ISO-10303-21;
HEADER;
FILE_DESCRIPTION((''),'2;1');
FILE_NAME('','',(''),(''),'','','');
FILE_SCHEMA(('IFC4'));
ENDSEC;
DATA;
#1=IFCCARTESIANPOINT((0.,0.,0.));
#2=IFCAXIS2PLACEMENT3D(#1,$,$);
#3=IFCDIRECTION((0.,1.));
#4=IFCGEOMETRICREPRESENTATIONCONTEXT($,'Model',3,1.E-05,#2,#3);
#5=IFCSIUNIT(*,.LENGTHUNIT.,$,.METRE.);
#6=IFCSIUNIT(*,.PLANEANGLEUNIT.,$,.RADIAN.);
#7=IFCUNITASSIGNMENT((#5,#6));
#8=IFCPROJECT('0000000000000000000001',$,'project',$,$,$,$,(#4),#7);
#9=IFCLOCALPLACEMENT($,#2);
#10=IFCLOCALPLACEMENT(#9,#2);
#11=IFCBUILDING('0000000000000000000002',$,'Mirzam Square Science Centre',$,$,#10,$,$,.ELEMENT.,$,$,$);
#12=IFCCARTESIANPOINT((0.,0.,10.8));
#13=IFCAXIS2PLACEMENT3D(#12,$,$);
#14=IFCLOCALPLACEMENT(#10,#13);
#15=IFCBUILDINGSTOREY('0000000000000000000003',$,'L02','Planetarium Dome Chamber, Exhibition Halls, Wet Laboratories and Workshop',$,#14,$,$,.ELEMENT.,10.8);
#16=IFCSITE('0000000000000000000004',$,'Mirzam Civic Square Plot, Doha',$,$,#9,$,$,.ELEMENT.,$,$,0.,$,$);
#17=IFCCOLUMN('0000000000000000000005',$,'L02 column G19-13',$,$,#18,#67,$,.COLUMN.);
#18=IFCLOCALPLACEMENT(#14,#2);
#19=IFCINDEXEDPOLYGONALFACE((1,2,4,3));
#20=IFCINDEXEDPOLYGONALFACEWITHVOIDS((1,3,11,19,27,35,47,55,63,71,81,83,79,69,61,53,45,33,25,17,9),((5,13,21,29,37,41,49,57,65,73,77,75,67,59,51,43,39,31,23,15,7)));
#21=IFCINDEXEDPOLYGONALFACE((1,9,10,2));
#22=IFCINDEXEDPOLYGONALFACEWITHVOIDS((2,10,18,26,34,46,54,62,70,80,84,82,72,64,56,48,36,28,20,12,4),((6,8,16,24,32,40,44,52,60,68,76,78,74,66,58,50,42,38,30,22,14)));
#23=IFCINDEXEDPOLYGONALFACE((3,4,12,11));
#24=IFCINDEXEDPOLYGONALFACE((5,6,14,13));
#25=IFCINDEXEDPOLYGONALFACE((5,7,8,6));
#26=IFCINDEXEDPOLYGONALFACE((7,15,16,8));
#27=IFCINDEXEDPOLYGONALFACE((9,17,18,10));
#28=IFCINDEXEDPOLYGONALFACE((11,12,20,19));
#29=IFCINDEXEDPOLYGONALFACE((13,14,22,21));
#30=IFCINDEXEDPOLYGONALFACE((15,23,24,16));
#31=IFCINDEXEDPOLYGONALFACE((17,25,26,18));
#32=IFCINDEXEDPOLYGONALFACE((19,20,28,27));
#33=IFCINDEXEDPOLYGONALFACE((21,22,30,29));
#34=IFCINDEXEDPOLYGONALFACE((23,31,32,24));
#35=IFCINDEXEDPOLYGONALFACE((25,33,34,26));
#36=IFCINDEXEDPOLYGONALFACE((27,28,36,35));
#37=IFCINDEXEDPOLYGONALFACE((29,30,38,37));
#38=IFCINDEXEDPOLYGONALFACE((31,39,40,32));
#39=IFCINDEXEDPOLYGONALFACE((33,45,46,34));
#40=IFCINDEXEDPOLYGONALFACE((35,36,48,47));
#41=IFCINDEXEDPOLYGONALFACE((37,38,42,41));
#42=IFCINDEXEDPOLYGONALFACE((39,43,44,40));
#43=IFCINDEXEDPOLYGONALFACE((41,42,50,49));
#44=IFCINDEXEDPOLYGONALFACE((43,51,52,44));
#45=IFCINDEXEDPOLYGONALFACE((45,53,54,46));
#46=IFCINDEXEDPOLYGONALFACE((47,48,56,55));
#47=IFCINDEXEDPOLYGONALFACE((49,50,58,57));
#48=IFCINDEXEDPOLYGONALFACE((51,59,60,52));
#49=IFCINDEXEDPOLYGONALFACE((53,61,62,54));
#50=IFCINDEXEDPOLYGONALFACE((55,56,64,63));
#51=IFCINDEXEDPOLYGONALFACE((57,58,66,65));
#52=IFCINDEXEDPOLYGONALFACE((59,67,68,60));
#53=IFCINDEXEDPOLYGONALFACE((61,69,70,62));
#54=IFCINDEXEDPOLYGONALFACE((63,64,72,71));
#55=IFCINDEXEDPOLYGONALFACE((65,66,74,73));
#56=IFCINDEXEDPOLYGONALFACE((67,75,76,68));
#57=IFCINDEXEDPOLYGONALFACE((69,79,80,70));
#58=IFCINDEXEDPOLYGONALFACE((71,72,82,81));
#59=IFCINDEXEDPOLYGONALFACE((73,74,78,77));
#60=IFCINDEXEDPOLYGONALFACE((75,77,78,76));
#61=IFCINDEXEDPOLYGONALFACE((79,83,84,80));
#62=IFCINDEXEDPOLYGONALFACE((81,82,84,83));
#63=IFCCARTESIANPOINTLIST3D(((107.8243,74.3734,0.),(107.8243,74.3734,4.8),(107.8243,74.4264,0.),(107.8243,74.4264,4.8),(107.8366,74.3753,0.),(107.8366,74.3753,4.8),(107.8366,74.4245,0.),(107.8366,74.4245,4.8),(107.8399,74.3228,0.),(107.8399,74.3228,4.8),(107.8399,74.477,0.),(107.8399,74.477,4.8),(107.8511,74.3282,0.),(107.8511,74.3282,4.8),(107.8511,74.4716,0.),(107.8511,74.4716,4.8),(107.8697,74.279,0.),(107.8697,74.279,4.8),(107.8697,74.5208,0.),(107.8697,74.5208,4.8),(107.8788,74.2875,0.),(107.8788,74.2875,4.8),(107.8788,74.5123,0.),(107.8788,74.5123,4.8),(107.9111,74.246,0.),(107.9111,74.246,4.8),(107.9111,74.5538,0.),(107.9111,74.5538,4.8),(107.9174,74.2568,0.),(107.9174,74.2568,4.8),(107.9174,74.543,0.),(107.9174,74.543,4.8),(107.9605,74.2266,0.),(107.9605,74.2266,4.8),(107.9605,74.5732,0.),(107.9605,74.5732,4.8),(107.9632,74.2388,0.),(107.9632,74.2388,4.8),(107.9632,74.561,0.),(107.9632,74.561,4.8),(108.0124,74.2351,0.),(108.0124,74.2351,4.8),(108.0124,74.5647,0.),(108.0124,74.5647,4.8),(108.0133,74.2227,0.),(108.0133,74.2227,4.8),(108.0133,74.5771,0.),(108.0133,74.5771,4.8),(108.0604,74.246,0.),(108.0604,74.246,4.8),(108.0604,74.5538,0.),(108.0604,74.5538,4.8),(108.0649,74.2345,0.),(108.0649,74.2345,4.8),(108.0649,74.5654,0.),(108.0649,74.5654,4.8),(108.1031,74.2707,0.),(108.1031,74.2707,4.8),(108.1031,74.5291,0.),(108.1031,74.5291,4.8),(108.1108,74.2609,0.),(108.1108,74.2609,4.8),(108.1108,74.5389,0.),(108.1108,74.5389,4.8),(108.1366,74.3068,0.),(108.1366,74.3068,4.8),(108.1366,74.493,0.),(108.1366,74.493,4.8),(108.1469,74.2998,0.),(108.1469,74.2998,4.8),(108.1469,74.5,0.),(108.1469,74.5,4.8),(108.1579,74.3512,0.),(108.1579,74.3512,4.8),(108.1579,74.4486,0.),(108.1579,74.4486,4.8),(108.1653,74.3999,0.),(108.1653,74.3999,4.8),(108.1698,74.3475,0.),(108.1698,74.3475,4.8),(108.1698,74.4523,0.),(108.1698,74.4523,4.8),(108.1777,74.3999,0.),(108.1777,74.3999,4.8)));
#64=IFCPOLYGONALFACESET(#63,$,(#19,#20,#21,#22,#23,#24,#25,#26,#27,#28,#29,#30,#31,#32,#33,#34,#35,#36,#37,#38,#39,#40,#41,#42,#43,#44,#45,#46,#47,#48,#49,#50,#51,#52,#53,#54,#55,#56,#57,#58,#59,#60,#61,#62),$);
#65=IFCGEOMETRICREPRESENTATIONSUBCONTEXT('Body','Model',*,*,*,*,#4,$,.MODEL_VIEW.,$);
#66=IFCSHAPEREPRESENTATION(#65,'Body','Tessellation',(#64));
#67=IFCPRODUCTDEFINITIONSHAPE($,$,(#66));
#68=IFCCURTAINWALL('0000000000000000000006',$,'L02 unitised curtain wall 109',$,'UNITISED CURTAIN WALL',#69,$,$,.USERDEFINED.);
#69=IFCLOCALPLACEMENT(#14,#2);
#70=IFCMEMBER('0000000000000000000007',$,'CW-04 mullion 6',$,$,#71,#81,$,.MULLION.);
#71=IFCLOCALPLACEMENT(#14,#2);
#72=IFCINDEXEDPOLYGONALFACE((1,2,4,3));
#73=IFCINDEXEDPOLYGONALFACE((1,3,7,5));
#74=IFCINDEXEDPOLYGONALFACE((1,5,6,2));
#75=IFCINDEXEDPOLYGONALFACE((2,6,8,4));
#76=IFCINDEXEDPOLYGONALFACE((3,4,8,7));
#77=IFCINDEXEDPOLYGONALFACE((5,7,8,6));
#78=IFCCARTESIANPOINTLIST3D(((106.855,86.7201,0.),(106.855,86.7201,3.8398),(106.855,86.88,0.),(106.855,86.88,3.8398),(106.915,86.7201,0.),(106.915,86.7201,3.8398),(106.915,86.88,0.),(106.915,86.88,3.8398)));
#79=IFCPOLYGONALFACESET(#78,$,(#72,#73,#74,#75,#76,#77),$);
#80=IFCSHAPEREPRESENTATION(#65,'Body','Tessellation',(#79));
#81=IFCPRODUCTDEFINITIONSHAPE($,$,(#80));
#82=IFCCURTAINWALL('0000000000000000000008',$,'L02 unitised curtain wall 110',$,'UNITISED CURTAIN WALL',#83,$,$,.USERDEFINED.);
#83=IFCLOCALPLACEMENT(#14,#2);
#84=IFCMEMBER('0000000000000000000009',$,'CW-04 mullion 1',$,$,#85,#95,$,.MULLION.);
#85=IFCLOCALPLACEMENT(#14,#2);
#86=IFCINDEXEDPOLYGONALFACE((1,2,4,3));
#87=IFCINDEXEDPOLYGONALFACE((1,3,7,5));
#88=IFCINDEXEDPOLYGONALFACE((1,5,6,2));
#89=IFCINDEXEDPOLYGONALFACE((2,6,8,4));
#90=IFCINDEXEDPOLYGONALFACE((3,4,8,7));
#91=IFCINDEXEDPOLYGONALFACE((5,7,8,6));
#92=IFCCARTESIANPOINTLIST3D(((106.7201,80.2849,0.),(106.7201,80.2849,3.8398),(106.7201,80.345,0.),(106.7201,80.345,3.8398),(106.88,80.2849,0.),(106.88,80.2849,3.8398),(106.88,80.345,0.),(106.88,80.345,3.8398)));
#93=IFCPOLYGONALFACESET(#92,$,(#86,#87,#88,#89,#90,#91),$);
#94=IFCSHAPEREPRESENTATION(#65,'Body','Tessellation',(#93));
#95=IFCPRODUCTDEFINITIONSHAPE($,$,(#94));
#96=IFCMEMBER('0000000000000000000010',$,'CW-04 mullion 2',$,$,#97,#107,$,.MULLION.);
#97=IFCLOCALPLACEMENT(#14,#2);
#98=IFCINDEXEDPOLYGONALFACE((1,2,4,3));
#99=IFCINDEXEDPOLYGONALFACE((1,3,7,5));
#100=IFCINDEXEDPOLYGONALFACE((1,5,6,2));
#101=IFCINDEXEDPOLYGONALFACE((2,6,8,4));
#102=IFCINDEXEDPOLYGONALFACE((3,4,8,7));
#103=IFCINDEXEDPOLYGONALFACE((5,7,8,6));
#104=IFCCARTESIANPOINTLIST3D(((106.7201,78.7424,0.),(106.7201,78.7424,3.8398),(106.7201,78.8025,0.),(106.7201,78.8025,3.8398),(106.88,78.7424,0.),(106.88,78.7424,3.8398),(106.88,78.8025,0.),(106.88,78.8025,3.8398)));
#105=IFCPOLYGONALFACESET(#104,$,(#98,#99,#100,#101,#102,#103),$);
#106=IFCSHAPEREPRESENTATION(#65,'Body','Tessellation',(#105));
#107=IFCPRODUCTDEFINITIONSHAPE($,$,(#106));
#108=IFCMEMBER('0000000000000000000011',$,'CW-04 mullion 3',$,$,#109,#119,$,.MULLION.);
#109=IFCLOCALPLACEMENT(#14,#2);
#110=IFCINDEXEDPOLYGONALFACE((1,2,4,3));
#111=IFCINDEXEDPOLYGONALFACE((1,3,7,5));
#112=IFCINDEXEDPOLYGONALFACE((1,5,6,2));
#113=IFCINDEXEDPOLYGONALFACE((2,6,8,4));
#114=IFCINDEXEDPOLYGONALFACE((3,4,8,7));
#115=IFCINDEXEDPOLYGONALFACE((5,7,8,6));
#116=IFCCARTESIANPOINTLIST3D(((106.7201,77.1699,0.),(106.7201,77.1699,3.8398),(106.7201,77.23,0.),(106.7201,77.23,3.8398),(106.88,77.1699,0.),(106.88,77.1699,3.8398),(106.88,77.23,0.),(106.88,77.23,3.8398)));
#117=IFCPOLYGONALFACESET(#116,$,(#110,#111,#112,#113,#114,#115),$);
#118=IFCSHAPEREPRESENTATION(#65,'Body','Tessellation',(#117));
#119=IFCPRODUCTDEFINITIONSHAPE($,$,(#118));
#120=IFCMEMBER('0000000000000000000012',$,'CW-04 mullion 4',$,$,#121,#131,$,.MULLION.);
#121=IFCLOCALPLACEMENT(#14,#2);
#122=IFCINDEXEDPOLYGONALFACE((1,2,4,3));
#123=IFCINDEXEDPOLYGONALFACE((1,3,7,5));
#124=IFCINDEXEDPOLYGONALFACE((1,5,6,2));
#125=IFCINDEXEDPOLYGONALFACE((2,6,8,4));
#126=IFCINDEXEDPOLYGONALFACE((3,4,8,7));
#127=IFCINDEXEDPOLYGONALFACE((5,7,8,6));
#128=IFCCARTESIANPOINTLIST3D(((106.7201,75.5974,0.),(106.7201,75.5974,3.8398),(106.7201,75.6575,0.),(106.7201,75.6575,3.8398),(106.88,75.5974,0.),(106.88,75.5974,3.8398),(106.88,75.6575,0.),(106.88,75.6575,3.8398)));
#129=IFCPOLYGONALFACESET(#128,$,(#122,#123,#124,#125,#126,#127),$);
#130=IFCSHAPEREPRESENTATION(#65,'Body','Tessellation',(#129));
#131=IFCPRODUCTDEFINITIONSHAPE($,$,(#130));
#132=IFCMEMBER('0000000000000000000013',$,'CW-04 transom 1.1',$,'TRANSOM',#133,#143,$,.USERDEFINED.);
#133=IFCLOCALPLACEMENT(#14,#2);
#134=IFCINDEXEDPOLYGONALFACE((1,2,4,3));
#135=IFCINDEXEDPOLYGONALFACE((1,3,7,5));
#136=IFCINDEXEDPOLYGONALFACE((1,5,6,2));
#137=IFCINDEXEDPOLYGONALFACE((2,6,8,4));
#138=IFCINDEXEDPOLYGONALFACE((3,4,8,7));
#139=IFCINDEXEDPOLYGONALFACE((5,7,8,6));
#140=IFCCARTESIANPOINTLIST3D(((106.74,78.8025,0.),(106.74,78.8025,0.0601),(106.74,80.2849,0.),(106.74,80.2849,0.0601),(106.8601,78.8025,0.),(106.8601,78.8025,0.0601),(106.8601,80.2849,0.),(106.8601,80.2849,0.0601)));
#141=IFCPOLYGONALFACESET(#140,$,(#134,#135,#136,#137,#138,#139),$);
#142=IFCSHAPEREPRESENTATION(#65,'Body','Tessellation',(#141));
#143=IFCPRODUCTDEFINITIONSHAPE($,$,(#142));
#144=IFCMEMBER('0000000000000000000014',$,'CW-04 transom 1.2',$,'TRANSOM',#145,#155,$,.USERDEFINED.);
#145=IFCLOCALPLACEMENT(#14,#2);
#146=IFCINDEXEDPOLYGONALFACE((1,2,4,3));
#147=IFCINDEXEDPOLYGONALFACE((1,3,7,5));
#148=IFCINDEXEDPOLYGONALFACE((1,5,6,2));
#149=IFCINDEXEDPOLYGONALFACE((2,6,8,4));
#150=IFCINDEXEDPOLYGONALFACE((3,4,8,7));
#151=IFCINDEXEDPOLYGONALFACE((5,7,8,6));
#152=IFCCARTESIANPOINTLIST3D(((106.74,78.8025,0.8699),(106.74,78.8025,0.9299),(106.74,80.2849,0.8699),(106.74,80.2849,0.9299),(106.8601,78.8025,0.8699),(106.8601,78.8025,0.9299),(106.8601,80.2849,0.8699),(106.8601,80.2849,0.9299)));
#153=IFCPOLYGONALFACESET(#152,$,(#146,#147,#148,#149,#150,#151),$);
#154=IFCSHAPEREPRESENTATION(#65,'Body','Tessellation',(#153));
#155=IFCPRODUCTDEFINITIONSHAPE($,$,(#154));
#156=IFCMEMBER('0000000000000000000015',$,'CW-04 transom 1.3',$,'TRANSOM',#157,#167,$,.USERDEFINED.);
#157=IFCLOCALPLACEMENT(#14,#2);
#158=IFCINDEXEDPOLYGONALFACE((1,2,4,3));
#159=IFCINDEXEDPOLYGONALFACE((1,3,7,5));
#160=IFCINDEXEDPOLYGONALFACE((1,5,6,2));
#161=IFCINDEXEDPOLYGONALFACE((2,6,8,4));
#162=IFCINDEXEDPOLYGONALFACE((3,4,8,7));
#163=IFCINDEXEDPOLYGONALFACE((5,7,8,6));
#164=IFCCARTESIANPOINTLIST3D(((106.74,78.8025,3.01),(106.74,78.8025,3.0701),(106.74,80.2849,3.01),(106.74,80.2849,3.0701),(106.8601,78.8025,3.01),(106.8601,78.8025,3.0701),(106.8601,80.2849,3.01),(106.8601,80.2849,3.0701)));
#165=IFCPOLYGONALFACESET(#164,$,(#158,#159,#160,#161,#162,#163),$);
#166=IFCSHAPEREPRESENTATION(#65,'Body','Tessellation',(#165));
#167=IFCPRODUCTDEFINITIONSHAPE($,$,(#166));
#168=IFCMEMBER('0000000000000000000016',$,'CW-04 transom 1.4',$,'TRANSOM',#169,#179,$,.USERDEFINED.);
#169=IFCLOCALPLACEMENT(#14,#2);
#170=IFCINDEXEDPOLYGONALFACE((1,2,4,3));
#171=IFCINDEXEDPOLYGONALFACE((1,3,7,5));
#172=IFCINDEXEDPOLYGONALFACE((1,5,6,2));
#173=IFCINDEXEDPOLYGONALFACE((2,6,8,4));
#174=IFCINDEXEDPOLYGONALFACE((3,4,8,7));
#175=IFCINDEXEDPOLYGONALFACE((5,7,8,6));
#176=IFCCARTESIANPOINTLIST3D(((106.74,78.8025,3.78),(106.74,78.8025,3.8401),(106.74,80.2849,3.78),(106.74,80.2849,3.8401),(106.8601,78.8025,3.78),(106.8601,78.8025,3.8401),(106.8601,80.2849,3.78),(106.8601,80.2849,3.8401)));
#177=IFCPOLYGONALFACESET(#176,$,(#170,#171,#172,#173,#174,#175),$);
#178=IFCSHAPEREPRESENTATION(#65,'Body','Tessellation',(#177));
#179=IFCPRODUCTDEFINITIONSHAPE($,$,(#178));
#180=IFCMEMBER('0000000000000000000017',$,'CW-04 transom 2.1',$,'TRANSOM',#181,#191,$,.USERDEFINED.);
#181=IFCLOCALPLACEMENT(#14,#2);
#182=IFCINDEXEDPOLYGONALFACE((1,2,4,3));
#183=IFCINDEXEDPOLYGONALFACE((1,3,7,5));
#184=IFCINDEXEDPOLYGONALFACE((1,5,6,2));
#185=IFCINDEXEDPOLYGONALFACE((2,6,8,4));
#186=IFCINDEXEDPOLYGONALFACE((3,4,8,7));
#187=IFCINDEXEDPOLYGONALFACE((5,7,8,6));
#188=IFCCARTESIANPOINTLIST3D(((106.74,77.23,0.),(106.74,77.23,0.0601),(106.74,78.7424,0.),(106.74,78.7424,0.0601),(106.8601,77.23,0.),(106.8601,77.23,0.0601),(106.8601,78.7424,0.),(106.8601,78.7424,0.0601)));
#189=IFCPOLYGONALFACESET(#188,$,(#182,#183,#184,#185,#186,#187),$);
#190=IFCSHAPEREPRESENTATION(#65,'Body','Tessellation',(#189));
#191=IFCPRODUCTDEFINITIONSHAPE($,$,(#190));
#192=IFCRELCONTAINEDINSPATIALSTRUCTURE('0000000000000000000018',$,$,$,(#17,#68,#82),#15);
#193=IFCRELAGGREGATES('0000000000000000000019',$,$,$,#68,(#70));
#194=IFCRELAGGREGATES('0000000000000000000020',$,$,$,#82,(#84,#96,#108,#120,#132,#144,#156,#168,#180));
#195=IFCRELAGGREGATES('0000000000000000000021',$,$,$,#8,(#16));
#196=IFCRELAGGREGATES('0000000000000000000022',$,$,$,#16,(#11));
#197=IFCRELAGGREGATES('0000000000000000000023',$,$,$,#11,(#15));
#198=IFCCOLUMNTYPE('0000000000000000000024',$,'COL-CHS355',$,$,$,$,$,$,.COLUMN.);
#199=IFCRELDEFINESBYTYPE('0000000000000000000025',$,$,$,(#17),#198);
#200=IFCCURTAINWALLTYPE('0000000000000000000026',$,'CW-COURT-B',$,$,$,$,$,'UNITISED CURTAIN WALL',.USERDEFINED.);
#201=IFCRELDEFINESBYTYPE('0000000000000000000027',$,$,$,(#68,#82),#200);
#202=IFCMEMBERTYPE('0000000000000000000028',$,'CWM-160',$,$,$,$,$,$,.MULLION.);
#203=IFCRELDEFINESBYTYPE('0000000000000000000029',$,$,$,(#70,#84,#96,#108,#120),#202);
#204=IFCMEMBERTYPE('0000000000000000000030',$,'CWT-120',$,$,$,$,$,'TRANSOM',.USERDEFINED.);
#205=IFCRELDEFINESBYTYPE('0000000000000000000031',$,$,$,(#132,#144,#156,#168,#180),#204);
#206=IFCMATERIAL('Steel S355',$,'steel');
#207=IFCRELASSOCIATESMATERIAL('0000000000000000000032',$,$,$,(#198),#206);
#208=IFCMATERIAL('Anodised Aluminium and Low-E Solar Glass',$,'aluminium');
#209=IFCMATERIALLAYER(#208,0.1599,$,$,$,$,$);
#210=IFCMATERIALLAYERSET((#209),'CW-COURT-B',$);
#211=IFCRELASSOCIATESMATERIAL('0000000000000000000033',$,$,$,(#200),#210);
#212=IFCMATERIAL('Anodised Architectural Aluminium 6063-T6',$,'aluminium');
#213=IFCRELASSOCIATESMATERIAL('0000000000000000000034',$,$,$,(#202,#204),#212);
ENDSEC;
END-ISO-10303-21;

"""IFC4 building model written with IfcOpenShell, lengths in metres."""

from ifc_helpers import new_model, si_unit, direction, frame, origin, origin_2d, place, context, subcontext, project, spatial, rectangle, hollow_circle, extrude, material, layer, layer_set, material_profile, profile_set, type_object, element, aggregate, save


model = new_model("IFC4")

# Units and contexts
model_context = context("Model", 3, precision=1e-05, world=origin(), true_north=direction((0.0, 1.0)))
body_context = subcontext(model_context, "Body", "Model", "MODEL_VIEW")
ifc_project = project(units=[si_unit("LENGTHUNIT", "METRE"), si_unit("PLANEANGLEUNIT", "RADIAN")], contexts=[model_context])

# Site, building, storey
site_placement = place(None, origin())
site = spatial("IfcSite", under=ifc_project, at=site_placement, Name="Mirzam Civic Square Plot, Doha", CompositionType="ELEMENT", RefElevation=0.0)
building_placement = place(site_placement, origin())
building = spatial("IfcBuilding", under=site, at=building_placement, Name="Mirzam Square Science Centre", CompositionType="ELEMENT")
storey_placement = place(building_placement, frame((0.0, 0.0, 10.8)))
storey = spatial("IfcBuildingStorey", under=building, at=storey_placement, Name="L02", Description="Planetarium Dome Chamber, Exhibition Halls, Wet Laboratories and Workshop", CompositionType="ELEMENT", Elevation=10.8)

# Column
ifc_material_1 = material(Name="Steel S355", Category="steel")
ifc_material_profile_1 = material_profile(ifc_material_1, hollow_circle(Radius=0.1777, WallThickness=0.0125, at=origin_2d()), Name="355.6x12.5CHS")
ifc_profile_set_1 = profile_set([ifc_material_profile_1], Name="Steel S355")
column_type = type_object("IfcColumnType", Name="COL-CHS355", PredefinedType="COLUMN", material=ifc_profile_set_1)
column_placement = place(storey_placement, frame((108.0, 74.3999, 0.0), z_axis=(0.0, 0.0, 1.0), x_axis=(1.0, 0.0, 0.0)))
element("IfcColumn", 1, at=column_placement, inside=storey, type_object=column_type, Name="L02 column G19-13", PredefinedType="COLUMN", context=body_context, shape_type="SweptSolid", body=[
    extrude(hollow_circle(Radius=0.1777, WallThickness=0.0125, at=origin_2d()), origin(), (0.0, 0.0, 1.0), 4.8),
])

# Curtain wall, member
ifc_material_2 = material(Name="Anodised Aluminium and Low-E Solar Glass", Category="aluminium")
ifc_layer_1 = layer(ifc_material_2, 0.1599)
ifc_layer_set_1 = layer_set([ifc_layer_1], Name="CW-COURT-B")
curtain_wall_type = type_object("IfcCurtainWallType", Name="CW-COURT-B", ElementType="UNITISED CURTAIN WALL", PredefinedType="USERDEFINED", material=ifc_layer_set_1)
curtain_wall_1_placement = place(storey_placement, origin())
curtain_wall_1 = element("IfcCurtainWall", 2, at=curtain_wall_1_placement, inside=storey, type_object=curtain_wall_type, Name="L02 unitised curtain wall 109", ObjectType="UNITISED CURTAIN WALL", PredefinedType="USERDEFINED")
ifc_material_3 = material(Name="Anodised Architectural Aluminium 6063-T6", Category="aluminium")
ifc_material_profile_2 = material_profile(ifc_material_3, rectangle(XDim=0.0601, YDim=0.1599, at=origin_2d()), Name="ALU-MULL-160x60x4")
ifc_profile_set_2 = profile_set([ifc_material_profile_2], Name="Anodised Architectural Aluminium 6063-T6")
member_type_1 = type_object("IfcMemberType", Name="CWM-160", PredefinedType="MULLION", material=ifc_profile_set_2)
member_1_placement = place(storey_placement, frame((106.885, 86.8, 0.0), z_axis=(0.0, 0.0, 1.0), x_axis=(-1.0, 0.0, 0.0)))
member_1 = element("IfcMember", 3, at=member_1_placement, type_object=member_type_1, Name="CW-04 mullion 6", PredefinedType="MULLION", context=body_context, shape_type="SweptSolid", body=[
    extrude(rectangle(XDim=0.0601, YDim=0.1599, at=origin_2d()), origin(), (0.0, 0.0, 1.0), 3.8398),
])

# Curtain wall, members
curtain_wall_2_placement = place(storey_placement, origin())
curtain_wall_2 = element("IfcCurtainWall", 4, at=curtain_wall_2_placement, inside=storey, type_object=curtain_wall_type, Name="L02 unitised curtain wall 110", ObjectType="UNITISED CURTAIN WALL", PredefinedType="USERDEFINED")
member_2_placement = place(storey_placement, frame((106.8, 80.3149, 0.0), z_axis=(0.0, 0.0, 1.0), x_axis=(0.0, -1.0, 0.0)))
member_2 = element("IfcMember", 5, at=member_2_placement, type_object=member_type_1, Name="CW-04 mullion 1", PredefinedType="MULLION", context=body_context, shape_type="SweptSolid", body=[
    extrude(rectangle(XDim=0.0601, YDim=0.1599, at=origin_2d()), origin(), (0.0, 0.0, 1.0), 3.8398),
])
member_3_placement = place(storey_placement, frame((106.8, 78.7725, 0.0), z_axis=(0.0, 0.0, 1.0), x_axis=(0.0, -1.0, 0.0)))
member_3 = element("IfcMember", 6, at=member_3_placement, type_object=member_type_1, Name="CW-04 mullion 2", PredefinedType="MULLION", context=body_context, shape_type="SweptSolid", body=[
    extrude(rectangle(XDim=0.0601, YDim=0.1599, at=origin_2d()), origin(), (0.0, 0.0, 1.0), 3.8398),
])
member_4_placement = place(storey_placement, frame((106.8, 77.2, 0.0), z_axis=(0.0, 0.0, 1.0), x_axis=(0.0, -1.0, 0.0)))
member_4 = element("IfcMember", 7, at=member_4_placement, type_object=member_type_1, Name="CW-04 mullion 3", PredefinedType="MULLION", context=body_context, shape_type="SweptSolid", body=[
    extrude(rectangle(XDim=0.0601, YDim=0.1599, at=origin_2d()), origin(), (0.0, 0.0, 1.0), 3.8398),
])
member_5_placement = place(storey_placement, frame((106.8, 75.6274, 0.0), z_axis=(0.0, 0.0, 1.0), x_axis=(0.0, -1.0, 0.0)))
member_5 = element("IfcMember", 8, at=member_5_placement, type_object=member_type_1, Name="CW-04 mullion 4", PredefinedType="MULLION", context=body_context, shape_type="SweptSolid", body=[
    extrude(rectangle(XDim=0.0601, YDim=0.1599, at=origin_2d()), origin(), (0.0, 0.0, 1.0), 3.8398),
])
ifc_material_profile_3 = material_profile(ifc_material_3, rectangle(XDim=0.1201, YDim=0.0601, at=origin_2d()), Name="ALU-TRAN-120x60x4")
ifc_profile_set_3 = profile_set([ifc_material_profile_3], Name="Anodised Architectural Aluminium 6063-T6")
member_type_2 = type_object("IfcMemberType", Name="CWT-120", ElementType="TRANSOM", PredefinedType="USERDEFINED", material=ifc_profile_set_3)
member_6_placement = place(storey_placement, frame((106.8, 80.2849, 0.03), z_axis=(0.0, -1.0, 0.0), x_axis=(1.0, 0.0, 0.0)))
member_6 = element("IfcMember", 9, at=member_6_placement, type_object=member_type_2, Name="CW-04 transom 1.1", ObjectType="TRANSOM", PredefinedType="USERDEFINED", context=body_context, shape_type="SweptSolid", body=[
    extrude(rectangle(XDim=0.1201, YDim=0.0601, at=origin_2d()), origin(), (0.0, 0.0, 1.0), 1.4824),
])
member_7_placement = place(storey_placement, frame((106.8, 80.2849, 0.8999), z_axis=(0.0, -1.0, 0.0), x_axis=(1.0, 0.0, 0.0)))
member_7 = element("IfcMember", 10, at=member_7_placement, type_object=member_type_2, Name="CW-04 transom 1.2", ObjectType="TRANSOM", PredefinedType="USERDEFINED", context=body_context, shape_type="SweptSolid", body=[
    extrude(rectangle(XDim=0.1201, YDim=0.0601, at=origin_2d()), origin(), (0.0, 0.0, 1.0), 1.4824),
])
member_8_placement = place(storey_placement, frame((106.8, 80.2849, 3.04), z_axis=(0.0, -1.0, 0.0), x_axis=(1.0, 0.0, 0.0)))
member_8 = element("IfcMember", 11, at=member_8_placement, type_object=member_type_2, Name="CW-04 transom 1.3", ObjectType="TRANSOM", PredefinedType="USERDEFINED", context=body_context, shape_type="SweptSolid", body=[
    extrude(rectangle(XDim=0.1201, YDim=0.0601, at=origin_2d()), origin(), (0.0, 0.0, 1.0), 1.4824),
])
member_9_placement = place(storey_placement, frame((106.8, 80.2849, 3.8101), z_axis=(0.0, -1.0, 0.0), x_axis=(1.0, 0.0, 0.0)))
member_9 = element("IfcMember", 12, at=member_9_placement, type_object=member_type_2, Name="CW-04 transom 1.4", ObjectType="TRANSOM", PredefinedType="USERDEFINED", context=body_context, shape_type="SweptSolid", body=[
    extrude(rectangle(XDim=0.1201, YDim=0.0601, at=origin_2d()), origin(), (0.0, 0.0, 1.0), 1.4824),
])
member_10_placement = place(storey_placement, frame((106.8, 78.7424, 0.03), z_axis=(0.0, -1.0, 0.0), x_axis=(1.0, 0.0, 0.0)))
member_10 = element("IfcMember", 13, at=member_10_placement, type_object=member_type_2, Name="CW-04 transom 2.1", ObjectType="TRANSOM", PredefinedType="USERDEFINED", context=body_context, shape_type="SweptSolid", body=[
    extrude(rectangle(XDim=0.1201, YDim=0.0601, at=origin_2d()), origin(), (0.0, 0.0, 1.0), 1.5125),
])

aggregate(curtain_wall_1, [member_1])
aggregate(curtain_wall_2, [member_2, member_3, member_4, member_5, member_6, member_7, member_8, member_9, member_10])

save(model, "model.ifc")
